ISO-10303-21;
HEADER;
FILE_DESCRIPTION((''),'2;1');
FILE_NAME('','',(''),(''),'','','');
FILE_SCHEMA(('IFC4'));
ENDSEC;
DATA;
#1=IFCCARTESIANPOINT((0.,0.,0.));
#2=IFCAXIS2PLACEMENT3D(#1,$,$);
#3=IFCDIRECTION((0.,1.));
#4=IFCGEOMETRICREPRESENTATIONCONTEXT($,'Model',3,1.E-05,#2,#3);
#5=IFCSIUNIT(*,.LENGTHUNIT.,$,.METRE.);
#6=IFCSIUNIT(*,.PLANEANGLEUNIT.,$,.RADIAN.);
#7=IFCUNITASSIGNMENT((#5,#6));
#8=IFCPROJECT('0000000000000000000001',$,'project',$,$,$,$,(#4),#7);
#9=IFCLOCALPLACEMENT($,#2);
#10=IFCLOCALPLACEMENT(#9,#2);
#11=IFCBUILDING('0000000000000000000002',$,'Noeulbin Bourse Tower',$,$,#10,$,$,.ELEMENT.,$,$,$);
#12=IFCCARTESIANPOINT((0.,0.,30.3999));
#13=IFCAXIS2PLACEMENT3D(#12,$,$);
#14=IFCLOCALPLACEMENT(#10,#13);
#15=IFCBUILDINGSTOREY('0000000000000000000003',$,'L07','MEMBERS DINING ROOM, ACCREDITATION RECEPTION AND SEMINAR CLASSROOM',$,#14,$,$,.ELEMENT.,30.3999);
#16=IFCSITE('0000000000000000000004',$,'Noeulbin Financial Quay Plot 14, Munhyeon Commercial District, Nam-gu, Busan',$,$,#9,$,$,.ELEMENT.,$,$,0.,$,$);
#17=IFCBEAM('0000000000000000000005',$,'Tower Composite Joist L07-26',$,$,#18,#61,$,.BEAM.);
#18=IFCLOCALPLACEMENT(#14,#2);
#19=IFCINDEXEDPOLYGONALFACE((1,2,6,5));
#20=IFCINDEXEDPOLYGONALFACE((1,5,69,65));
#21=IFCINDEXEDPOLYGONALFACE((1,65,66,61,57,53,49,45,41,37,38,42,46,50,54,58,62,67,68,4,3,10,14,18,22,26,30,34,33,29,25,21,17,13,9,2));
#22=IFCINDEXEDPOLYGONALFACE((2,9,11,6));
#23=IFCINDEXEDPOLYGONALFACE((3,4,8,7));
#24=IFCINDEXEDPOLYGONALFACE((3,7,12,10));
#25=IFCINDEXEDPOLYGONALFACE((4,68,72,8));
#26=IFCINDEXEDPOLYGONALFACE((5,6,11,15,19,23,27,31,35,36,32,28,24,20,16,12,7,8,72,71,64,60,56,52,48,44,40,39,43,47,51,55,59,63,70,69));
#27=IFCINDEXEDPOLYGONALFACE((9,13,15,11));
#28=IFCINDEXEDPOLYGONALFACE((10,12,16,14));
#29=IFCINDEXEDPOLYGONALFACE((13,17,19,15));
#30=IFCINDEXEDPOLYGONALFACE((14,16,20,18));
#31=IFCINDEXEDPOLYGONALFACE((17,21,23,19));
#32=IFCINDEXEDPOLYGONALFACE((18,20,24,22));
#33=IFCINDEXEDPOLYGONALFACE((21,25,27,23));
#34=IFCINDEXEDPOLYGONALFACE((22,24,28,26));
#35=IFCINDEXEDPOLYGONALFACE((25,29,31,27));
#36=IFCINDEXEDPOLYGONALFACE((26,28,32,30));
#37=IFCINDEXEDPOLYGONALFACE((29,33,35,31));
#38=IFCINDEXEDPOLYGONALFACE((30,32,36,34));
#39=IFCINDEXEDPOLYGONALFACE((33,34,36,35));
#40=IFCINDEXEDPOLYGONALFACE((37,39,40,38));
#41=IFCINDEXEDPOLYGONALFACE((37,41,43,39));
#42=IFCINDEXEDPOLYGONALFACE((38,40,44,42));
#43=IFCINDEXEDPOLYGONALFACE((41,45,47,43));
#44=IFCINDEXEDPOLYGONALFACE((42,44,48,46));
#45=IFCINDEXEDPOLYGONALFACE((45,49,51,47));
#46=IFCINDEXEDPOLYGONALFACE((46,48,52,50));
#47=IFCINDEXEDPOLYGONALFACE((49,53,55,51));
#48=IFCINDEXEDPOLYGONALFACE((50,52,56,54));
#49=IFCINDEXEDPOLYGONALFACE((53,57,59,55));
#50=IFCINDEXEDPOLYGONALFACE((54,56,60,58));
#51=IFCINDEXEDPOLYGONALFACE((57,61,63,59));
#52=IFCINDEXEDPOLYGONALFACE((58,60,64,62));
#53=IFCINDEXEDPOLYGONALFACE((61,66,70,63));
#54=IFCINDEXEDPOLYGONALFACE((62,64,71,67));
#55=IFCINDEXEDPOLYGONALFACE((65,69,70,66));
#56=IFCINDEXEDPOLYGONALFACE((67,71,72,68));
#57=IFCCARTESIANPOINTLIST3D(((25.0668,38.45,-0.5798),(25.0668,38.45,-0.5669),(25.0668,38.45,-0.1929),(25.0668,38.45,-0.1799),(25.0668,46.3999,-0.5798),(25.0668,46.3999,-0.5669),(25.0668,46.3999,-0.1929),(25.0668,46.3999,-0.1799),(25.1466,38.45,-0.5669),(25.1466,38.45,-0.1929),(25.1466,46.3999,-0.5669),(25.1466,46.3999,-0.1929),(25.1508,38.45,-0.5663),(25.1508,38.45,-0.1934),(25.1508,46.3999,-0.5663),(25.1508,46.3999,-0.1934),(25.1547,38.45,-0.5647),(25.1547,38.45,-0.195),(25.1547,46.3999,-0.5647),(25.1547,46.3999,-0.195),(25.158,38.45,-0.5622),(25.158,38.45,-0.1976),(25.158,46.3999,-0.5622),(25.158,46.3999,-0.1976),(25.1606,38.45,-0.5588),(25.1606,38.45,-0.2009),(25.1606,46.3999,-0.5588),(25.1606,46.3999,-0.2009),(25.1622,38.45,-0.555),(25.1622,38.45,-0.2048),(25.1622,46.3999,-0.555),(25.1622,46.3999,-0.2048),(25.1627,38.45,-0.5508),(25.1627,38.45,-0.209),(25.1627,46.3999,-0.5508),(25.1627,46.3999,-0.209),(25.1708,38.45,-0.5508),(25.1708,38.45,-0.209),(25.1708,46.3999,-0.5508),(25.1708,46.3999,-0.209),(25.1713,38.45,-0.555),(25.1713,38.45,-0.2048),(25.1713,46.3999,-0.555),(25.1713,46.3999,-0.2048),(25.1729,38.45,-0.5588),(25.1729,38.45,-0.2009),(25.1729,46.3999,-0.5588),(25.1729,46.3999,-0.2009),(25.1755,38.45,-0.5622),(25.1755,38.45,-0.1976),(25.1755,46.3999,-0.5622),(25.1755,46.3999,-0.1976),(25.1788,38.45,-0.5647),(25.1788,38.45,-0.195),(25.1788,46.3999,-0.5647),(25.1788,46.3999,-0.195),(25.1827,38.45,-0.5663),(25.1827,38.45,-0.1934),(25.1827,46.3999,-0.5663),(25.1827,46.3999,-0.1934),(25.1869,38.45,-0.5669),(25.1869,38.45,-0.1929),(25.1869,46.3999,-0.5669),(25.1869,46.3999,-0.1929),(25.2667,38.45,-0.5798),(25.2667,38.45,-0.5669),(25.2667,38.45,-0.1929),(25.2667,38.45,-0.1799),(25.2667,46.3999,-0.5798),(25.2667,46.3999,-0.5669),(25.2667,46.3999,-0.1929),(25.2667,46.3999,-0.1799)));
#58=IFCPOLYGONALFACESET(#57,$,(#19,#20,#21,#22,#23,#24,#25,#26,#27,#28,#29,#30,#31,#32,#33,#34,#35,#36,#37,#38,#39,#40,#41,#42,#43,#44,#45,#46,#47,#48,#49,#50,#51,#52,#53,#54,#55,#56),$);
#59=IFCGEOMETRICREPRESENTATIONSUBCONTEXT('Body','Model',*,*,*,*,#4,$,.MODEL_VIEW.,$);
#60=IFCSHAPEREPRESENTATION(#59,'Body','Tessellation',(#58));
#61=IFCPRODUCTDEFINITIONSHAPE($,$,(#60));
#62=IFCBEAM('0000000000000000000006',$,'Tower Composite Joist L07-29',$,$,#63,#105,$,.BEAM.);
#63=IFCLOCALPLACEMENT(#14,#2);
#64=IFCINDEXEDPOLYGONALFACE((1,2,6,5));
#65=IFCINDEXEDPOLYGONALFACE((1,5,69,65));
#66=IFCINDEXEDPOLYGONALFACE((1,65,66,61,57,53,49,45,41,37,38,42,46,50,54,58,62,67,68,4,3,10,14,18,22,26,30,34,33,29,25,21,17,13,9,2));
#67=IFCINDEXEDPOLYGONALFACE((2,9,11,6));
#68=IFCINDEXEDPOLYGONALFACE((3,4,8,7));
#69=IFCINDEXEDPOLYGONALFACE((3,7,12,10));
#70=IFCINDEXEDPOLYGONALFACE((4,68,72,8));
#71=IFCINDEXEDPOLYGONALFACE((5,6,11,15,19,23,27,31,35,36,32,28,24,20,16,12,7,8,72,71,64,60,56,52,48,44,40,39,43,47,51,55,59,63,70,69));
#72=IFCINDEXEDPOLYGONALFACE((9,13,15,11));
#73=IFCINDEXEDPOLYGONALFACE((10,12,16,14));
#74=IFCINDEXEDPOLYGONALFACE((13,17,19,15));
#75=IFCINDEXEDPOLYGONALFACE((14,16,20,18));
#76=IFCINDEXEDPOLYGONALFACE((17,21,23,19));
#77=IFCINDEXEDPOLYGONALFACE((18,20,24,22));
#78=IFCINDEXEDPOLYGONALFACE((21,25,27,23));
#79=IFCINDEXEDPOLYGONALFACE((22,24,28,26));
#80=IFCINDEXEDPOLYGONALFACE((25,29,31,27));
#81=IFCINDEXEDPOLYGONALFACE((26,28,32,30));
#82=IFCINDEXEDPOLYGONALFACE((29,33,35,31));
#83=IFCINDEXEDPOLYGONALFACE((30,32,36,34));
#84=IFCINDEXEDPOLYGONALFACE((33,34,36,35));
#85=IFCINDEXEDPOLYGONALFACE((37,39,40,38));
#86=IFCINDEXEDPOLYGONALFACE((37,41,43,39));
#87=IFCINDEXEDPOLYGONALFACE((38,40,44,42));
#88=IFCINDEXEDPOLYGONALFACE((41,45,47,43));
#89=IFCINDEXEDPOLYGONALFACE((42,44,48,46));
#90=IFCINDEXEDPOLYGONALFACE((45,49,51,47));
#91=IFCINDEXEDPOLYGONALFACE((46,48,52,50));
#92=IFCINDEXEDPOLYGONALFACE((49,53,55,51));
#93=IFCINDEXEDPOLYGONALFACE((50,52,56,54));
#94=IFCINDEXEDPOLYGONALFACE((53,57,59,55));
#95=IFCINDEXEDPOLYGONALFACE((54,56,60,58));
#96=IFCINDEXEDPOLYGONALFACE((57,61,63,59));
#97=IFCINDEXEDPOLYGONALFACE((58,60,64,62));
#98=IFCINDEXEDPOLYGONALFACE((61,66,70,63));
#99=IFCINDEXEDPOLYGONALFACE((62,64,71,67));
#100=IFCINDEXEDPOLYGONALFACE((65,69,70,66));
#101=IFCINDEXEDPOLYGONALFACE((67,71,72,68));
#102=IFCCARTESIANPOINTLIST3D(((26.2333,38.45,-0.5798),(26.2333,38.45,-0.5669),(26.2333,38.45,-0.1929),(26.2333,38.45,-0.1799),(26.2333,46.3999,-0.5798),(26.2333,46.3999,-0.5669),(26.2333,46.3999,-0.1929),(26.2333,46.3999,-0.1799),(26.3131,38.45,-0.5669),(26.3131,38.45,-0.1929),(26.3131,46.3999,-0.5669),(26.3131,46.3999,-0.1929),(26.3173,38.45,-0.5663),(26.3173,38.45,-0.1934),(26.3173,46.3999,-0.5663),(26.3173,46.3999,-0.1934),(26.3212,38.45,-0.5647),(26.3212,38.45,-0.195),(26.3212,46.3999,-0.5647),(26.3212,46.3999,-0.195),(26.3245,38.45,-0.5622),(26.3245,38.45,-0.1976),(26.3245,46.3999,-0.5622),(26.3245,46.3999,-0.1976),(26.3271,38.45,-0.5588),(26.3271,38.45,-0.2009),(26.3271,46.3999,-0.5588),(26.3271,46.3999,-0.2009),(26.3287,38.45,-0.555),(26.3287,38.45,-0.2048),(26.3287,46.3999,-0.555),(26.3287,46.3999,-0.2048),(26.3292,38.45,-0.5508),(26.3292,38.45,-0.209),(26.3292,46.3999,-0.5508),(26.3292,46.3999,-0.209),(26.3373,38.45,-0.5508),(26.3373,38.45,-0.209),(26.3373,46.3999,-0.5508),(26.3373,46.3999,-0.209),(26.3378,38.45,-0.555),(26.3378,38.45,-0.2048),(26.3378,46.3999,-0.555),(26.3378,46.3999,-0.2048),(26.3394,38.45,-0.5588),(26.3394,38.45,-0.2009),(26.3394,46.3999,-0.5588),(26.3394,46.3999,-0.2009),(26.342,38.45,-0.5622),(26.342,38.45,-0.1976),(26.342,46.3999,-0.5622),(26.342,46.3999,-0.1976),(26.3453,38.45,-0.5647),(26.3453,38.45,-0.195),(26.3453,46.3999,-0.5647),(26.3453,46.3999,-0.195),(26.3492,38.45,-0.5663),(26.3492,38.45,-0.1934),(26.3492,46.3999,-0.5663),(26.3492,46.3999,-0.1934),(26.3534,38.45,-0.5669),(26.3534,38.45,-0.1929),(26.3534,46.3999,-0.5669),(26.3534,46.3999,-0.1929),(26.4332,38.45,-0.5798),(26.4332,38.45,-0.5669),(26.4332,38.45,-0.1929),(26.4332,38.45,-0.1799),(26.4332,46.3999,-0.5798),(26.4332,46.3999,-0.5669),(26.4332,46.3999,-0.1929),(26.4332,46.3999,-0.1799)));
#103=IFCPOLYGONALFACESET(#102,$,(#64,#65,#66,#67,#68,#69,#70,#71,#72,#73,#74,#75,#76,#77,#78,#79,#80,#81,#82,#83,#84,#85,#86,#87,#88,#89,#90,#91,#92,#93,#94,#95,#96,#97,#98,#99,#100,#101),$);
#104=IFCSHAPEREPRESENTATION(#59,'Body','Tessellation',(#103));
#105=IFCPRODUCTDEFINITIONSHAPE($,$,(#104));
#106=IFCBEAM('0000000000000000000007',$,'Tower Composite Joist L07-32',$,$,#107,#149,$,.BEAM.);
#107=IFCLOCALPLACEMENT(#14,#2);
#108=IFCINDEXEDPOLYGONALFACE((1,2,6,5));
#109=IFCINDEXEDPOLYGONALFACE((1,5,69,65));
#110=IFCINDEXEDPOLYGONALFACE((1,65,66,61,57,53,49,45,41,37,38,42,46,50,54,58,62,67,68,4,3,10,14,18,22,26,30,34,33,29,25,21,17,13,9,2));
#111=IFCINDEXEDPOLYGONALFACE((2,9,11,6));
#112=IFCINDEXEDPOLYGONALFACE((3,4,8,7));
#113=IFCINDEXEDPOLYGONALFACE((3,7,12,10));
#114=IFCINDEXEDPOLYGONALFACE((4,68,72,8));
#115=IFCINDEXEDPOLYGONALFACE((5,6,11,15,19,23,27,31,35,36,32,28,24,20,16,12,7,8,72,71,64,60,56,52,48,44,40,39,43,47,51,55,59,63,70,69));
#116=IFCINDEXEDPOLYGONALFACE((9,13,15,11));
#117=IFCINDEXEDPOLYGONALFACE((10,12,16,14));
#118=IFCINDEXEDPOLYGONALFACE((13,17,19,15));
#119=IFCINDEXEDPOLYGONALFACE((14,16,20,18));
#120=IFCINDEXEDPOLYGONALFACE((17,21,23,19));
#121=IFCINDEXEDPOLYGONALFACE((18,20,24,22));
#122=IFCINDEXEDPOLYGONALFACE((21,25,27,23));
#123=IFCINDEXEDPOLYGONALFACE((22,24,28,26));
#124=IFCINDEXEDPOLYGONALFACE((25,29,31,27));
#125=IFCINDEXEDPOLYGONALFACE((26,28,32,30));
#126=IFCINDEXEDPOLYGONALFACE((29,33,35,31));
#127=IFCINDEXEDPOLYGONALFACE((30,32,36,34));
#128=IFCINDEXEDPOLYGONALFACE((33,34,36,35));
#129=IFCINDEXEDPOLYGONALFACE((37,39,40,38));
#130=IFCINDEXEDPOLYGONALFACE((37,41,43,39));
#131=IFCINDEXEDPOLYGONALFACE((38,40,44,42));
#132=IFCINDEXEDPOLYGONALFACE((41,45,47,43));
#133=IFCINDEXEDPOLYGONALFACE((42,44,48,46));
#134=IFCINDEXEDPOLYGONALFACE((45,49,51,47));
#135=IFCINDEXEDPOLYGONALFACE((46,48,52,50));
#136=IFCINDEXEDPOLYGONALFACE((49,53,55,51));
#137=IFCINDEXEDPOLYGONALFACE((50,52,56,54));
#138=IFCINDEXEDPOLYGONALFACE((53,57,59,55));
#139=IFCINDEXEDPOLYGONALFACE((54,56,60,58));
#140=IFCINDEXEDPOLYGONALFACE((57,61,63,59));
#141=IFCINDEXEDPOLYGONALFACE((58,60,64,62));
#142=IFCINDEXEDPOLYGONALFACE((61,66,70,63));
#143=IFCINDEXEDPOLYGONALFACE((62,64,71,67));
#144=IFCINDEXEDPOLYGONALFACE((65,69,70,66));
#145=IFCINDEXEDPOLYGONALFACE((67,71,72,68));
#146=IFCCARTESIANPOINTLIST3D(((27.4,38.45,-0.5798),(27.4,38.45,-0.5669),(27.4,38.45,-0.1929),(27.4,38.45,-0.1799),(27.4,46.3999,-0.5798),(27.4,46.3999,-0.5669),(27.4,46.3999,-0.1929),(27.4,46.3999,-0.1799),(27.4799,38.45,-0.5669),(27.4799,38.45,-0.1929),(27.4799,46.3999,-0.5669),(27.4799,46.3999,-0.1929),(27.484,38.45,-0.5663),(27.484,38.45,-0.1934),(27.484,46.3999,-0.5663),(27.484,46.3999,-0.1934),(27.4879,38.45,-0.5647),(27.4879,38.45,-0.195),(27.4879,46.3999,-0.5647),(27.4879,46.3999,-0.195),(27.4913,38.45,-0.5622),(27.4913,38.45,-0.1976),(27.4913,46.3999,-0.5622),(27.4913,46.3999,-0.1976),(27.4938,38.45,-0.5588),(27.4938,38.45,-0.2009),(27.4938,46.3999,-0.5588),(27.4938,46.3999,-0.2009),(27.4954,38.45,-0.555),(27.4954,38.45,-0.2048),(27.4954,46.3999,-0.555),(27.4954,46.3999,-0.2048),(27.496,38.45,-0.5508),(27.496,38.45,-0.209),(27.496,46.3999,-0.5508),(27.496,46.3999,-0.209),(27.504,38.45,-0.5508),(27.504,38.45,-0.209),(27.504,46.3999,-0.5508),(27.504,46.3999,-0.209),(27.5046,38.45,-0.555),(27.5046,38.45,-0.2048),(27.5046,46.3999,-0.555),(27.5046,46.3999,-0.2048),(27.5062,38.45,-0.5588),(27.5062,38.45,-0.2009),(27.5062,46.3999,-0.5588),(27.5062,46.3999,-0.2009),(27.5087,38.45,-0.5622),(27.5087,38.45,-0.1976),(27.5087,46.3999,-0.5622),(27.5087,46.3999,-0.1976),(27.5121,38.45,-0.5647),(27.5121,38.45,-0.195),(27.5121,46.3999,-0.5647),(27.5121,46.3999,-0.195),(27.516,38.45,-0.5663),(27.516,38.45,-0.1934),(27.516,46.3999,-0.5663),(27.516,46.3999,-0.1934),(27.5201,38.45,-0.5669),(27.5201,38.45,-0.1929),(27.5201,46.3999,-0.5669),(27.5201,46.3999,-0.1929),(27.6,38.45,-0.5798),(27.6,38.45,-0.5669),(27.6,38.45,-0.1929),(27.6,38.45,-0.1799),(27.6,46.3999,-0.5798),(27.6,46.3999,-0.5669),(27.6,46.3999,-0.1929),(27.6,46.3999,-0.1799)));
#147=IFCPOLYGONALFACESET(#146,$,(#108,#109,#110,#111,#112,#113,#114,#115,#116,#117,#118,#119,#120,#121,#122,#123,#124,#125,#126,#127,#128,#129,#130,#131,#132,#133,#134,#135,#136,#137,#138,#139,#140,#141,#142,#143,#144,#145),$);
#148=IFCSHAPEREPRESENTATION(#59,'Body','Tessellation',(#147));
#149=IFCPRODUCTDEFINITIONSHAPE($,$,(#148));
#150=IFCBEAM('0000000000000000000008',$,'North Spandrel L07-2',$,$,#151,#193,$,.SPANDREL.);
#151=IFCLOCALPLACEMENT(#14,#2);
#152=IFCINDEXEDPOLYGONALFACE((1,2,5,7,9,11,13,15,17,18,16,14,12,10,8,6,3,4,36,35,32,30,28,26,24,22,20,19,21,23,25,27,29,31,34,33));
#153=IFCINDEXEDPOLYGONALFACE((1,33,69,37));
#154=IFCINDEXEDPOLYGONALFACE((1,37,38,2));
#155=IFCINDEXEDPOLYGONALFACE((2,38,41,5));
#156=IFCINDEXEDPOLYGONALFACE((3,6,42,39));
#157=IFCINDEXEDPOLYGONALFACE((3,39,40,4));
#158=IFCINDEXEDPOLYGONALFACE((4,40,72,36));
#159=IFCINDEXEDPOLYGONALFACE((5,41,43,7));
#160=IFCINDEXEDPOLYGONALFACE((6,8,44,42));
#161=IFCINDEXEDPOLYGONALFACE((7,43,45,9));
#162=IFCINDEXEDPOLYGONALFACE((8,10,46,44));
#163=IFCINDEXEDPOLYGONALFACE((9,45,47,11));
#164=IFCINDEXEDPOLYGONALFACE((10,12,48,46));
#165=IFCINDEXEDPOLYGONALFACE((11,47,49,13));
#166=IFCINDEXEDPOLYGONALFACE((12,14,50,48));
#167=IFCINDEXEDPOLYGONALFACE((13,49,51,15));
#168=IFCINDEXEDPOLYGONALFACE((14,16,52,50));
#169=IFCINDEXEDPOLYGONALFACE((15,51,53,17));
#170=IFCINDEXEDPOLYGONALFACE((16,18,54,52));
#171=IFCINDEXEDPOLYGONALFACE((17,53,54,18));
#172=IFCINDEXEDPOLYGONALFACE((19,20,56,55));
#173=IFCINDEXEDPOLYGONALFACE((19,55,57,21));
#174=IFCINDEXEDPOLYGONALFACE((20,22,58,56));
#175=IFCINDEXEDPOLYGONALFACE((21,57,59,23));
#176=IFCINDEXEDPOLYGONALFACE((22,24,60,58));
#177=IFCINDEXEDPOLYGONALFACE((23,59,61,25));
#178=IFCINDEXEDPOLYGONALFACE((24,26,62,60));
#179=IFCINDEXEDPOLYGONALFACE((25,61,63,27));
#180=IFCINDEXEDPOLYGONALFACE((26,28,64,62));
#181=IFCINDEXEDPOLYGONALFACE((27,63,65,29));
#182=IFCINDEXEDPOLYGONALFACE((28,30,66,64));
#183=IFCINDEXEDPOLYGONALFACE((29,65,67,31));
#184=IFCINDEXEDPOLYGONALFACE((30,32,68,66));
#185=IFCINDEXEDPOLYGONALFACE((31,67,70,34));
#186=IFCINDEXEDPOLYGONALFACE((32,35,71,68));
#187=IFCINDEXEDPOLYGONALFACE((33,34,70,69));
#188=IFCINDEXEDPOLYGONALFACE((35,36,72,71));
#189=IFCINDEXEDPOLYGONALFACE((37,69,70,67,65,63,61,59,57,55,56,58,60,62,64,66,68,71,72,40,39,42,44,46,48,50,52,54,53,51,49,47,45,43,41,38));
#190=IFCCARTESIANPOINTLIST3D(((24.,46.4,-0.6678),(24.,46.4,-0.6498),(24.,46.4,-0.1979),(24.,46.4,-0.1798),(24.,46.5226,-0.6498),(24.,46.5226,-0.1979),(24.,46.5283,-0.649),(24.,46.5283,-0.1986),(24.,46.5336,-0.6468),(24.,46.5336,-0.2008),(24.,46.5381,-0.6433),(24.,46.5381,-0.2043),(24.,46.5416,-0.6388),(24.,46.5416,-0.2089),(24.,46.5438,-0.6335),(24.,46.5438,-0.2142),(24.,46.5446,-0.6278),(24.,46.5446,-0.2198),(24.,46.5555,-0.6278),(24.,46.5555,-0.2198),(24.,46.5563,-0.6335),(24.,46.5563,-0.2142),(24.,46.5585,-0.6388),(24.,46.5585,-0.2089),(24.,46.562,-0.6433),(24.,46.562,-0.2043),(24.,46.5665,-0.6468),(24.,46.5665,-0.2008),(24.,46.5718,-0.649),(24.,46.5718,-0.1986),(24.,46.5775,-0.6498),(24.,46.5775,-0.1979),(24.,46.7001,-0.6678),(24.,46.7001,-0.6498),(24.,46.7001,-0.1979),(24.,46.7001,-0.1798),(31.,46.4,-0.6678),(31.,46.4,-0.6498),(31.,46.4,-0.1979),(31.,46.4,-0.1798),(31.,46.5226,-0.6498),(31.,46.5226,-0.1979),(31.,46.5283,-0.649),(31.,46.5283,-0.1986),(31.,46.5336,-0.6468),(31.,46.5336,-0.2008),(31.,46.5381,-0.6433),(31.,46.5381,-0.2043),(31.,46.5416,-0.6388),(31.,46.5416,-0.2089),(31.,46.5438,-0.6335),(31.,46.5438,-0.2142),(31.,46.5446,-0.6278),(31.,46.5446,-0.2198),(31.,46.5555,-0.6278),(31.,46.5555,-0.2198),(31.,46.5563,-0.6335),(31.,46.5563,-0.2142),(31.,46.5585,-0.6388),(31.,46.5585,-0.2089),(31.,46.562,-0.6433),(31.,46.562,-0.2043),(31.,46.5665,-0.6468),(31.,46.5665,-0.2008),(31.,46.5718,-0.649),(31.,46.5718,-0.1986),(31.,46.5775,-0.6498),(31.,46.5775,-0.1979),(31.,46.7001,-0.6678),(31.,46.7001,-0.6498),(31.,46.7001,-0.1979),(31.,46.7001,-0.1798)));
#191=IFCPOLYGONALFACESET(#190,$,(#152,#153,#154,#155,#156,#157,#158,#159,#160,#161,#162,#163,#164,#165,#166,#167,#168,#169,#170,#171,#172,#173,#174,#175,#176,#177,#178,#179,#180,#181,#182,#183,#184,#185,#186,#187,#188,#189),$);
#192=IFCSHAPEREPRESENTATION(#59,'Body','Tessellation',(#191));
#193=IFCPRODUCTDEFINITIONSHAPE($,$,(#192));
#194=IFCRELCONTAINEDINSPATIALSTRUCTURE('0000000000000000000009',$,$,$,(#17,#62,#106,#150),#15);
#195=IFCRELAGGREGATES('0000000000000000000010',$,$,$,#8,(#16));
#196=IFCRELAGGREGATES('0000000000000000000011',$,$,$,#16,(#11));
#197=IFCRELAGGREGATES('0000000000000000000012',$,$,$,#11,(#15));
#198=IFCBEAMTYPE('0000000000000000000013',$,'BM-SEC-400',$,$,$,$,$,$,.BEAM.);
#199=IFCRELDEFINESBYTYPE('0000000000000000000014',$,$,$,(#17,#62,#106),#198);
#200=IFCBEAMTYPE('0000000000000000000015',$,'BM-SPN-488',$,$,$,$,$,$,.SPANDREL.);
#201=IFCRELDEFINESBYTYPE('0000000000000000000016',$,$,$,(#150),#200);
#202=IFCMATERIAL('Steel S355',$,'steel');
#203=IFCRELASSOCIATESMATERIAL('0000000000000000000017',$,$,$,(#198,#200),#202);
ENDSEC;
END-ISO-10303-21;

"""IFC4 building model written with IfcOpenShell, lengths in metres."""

from ifc_helpers import new_model, si_unit, direction, frame, origin, origin_2d, place, context, subcontext, project, spatial, i_section, extrude, material, material_profile, profile_set, type_object, element, save


model = new_model("IFC4")

# Units and contexts
model_context = context("Model", 3, precision=1e-05, world=origin(), true_north=direction((0.0, 1.0)))
body_context = subcontext(model_context, "Body", "Model", "MODEL_VIEW")
ifc_project = project(units=[si_unit("LENGTHUNIT", "METRE"), si_unit("PLANEANGLEUNIT", "RADIAN")], contexts=[model_context])

# Site, building, storey
site_placement = place(None, origin())
site = spatial("IfcSite", under=ifc_project, at=site_placement, Name="Noeulbin Financial Quay Plot 14, Munhyeon Commercial District, Nam-gu, Busan", CompositionType="ELEMENT", RefElevation=0.0)
building_placement = place(site_placement, origin())
building = spatial("IfcBuilding", under=site, at=building_placement, Name="Noeulbin Bourse Tower", CompositionType="ELEMENT")
storey_placement = place(building_placement, frame((0.0, 0.0, 30.3999)))
storey = spatial("IfcBuildingStorey", under=building, at=storey_placement, Name="L07", Description="MEMBERS DINING ROOM, ACCREDITATION RECEPTION AND SEMINAR CLASSROOM", CompositionType="ELEMENT", Elevation=30.3999)

# Beams
ifc_material_1 = material(Name="Steel S355", Category="steel")
ifc_material_profile_1 = material_profile(ifc_material_1, i_section(OverallWidth=0.2, OverallDepth=0.3999, WebThickness=0.0081, FlangeThickness=0.0129, FilletRadius=0.0161, at=origin_2d()), Name="H-400x200x8x13", Category="LoadBearing")
ifc_profile_set_1 = profile_set([ifc_material_profile_1], Name="Steel S355")
beam_type_1 = type_object("IfcBeamType", Name="BM-SEC-400", PredefinedType="BEAM", material=ifc_profile_set_1)
for number, where, z_axis, x_axis, name in (
    (1, (25.1667, 38.45, -0.3799), (0.0, 1.0, 0.0), (-1.0, 0.0, 0.0), "Tower Composite Joist L07-26"),
    (2, (26.3333, 38.45, -0.3799), (0.0, 1.0, 0.0), (-1.0, 0.0, 0.0), "Tower Composite Joist L07-29"),
    (3, (27.5, 38.45, -0.3799), (0.0, 1.0, 0.0), (-1.0, 0.0, 0.0), "Tower Composite Joist L07-32"),
):
    element("IfcBeam", number, at=place(storey_placement, frame(where, z_axis=z_axis, x_axis=x_axis)), inside=storey, type_object=beam_type_1, Name=name, PredefinedType="BEAM", context=body_context, shape_type="SweptSolid", body=[
        extrude(i_section(OverallWidth=0.2, OverallDepth=0.3999, WebThickness=0.0081, FlangeThickness=0.0129, FilletRadius=0.0161, at=origin_2d()), origin(), (0.0, 0.0, 1.0), 7.95),
    ])
ifc_material_profile_2 = material_profile(ifc_material_1, i_section(OverallWidth=0.3, OverallDepth=0.488, WebThickness=0.011, FlangeThickness=0.0181, FilletRadius=0.022, at=origin_2d()), Name="H-488x300x11x18", Category="LoadBearing")
ifc_profile_set_2 = profile_set([ifc_material_profile_2], Name="Steel S355")
beam_type_2 = type_object("IfcBeamType", Name="BM-SPN-488", PredefinedType="SPANDREL", material=ifc_profile_set_2)
beam_1_placement = place(storey_placement, frame((24.0, 46.55, -0.4238), z_axis=(1.0, 0.0, 0.0), x_axis=(0.0, 1.0, 0.0)))
element("IfcBeam", 4, at=beam_1_placement, inside=storey, type_object=beam_type_2, Name="North Spandrel L07-2", PredefinedType="SPANDREL", context=body_context, shape_type="SweptSolid", body=[
    extrude(i_section(OverallWidth=0.3, OverallDepth=0.488, WebThickness=0.011, FlangeThickness=0.0181, FilletRadius=0.022, at=origin_2d()), origin(), (0.0, 0.0, 1.0), 7.0),
])

save(model, "model.ifc")
